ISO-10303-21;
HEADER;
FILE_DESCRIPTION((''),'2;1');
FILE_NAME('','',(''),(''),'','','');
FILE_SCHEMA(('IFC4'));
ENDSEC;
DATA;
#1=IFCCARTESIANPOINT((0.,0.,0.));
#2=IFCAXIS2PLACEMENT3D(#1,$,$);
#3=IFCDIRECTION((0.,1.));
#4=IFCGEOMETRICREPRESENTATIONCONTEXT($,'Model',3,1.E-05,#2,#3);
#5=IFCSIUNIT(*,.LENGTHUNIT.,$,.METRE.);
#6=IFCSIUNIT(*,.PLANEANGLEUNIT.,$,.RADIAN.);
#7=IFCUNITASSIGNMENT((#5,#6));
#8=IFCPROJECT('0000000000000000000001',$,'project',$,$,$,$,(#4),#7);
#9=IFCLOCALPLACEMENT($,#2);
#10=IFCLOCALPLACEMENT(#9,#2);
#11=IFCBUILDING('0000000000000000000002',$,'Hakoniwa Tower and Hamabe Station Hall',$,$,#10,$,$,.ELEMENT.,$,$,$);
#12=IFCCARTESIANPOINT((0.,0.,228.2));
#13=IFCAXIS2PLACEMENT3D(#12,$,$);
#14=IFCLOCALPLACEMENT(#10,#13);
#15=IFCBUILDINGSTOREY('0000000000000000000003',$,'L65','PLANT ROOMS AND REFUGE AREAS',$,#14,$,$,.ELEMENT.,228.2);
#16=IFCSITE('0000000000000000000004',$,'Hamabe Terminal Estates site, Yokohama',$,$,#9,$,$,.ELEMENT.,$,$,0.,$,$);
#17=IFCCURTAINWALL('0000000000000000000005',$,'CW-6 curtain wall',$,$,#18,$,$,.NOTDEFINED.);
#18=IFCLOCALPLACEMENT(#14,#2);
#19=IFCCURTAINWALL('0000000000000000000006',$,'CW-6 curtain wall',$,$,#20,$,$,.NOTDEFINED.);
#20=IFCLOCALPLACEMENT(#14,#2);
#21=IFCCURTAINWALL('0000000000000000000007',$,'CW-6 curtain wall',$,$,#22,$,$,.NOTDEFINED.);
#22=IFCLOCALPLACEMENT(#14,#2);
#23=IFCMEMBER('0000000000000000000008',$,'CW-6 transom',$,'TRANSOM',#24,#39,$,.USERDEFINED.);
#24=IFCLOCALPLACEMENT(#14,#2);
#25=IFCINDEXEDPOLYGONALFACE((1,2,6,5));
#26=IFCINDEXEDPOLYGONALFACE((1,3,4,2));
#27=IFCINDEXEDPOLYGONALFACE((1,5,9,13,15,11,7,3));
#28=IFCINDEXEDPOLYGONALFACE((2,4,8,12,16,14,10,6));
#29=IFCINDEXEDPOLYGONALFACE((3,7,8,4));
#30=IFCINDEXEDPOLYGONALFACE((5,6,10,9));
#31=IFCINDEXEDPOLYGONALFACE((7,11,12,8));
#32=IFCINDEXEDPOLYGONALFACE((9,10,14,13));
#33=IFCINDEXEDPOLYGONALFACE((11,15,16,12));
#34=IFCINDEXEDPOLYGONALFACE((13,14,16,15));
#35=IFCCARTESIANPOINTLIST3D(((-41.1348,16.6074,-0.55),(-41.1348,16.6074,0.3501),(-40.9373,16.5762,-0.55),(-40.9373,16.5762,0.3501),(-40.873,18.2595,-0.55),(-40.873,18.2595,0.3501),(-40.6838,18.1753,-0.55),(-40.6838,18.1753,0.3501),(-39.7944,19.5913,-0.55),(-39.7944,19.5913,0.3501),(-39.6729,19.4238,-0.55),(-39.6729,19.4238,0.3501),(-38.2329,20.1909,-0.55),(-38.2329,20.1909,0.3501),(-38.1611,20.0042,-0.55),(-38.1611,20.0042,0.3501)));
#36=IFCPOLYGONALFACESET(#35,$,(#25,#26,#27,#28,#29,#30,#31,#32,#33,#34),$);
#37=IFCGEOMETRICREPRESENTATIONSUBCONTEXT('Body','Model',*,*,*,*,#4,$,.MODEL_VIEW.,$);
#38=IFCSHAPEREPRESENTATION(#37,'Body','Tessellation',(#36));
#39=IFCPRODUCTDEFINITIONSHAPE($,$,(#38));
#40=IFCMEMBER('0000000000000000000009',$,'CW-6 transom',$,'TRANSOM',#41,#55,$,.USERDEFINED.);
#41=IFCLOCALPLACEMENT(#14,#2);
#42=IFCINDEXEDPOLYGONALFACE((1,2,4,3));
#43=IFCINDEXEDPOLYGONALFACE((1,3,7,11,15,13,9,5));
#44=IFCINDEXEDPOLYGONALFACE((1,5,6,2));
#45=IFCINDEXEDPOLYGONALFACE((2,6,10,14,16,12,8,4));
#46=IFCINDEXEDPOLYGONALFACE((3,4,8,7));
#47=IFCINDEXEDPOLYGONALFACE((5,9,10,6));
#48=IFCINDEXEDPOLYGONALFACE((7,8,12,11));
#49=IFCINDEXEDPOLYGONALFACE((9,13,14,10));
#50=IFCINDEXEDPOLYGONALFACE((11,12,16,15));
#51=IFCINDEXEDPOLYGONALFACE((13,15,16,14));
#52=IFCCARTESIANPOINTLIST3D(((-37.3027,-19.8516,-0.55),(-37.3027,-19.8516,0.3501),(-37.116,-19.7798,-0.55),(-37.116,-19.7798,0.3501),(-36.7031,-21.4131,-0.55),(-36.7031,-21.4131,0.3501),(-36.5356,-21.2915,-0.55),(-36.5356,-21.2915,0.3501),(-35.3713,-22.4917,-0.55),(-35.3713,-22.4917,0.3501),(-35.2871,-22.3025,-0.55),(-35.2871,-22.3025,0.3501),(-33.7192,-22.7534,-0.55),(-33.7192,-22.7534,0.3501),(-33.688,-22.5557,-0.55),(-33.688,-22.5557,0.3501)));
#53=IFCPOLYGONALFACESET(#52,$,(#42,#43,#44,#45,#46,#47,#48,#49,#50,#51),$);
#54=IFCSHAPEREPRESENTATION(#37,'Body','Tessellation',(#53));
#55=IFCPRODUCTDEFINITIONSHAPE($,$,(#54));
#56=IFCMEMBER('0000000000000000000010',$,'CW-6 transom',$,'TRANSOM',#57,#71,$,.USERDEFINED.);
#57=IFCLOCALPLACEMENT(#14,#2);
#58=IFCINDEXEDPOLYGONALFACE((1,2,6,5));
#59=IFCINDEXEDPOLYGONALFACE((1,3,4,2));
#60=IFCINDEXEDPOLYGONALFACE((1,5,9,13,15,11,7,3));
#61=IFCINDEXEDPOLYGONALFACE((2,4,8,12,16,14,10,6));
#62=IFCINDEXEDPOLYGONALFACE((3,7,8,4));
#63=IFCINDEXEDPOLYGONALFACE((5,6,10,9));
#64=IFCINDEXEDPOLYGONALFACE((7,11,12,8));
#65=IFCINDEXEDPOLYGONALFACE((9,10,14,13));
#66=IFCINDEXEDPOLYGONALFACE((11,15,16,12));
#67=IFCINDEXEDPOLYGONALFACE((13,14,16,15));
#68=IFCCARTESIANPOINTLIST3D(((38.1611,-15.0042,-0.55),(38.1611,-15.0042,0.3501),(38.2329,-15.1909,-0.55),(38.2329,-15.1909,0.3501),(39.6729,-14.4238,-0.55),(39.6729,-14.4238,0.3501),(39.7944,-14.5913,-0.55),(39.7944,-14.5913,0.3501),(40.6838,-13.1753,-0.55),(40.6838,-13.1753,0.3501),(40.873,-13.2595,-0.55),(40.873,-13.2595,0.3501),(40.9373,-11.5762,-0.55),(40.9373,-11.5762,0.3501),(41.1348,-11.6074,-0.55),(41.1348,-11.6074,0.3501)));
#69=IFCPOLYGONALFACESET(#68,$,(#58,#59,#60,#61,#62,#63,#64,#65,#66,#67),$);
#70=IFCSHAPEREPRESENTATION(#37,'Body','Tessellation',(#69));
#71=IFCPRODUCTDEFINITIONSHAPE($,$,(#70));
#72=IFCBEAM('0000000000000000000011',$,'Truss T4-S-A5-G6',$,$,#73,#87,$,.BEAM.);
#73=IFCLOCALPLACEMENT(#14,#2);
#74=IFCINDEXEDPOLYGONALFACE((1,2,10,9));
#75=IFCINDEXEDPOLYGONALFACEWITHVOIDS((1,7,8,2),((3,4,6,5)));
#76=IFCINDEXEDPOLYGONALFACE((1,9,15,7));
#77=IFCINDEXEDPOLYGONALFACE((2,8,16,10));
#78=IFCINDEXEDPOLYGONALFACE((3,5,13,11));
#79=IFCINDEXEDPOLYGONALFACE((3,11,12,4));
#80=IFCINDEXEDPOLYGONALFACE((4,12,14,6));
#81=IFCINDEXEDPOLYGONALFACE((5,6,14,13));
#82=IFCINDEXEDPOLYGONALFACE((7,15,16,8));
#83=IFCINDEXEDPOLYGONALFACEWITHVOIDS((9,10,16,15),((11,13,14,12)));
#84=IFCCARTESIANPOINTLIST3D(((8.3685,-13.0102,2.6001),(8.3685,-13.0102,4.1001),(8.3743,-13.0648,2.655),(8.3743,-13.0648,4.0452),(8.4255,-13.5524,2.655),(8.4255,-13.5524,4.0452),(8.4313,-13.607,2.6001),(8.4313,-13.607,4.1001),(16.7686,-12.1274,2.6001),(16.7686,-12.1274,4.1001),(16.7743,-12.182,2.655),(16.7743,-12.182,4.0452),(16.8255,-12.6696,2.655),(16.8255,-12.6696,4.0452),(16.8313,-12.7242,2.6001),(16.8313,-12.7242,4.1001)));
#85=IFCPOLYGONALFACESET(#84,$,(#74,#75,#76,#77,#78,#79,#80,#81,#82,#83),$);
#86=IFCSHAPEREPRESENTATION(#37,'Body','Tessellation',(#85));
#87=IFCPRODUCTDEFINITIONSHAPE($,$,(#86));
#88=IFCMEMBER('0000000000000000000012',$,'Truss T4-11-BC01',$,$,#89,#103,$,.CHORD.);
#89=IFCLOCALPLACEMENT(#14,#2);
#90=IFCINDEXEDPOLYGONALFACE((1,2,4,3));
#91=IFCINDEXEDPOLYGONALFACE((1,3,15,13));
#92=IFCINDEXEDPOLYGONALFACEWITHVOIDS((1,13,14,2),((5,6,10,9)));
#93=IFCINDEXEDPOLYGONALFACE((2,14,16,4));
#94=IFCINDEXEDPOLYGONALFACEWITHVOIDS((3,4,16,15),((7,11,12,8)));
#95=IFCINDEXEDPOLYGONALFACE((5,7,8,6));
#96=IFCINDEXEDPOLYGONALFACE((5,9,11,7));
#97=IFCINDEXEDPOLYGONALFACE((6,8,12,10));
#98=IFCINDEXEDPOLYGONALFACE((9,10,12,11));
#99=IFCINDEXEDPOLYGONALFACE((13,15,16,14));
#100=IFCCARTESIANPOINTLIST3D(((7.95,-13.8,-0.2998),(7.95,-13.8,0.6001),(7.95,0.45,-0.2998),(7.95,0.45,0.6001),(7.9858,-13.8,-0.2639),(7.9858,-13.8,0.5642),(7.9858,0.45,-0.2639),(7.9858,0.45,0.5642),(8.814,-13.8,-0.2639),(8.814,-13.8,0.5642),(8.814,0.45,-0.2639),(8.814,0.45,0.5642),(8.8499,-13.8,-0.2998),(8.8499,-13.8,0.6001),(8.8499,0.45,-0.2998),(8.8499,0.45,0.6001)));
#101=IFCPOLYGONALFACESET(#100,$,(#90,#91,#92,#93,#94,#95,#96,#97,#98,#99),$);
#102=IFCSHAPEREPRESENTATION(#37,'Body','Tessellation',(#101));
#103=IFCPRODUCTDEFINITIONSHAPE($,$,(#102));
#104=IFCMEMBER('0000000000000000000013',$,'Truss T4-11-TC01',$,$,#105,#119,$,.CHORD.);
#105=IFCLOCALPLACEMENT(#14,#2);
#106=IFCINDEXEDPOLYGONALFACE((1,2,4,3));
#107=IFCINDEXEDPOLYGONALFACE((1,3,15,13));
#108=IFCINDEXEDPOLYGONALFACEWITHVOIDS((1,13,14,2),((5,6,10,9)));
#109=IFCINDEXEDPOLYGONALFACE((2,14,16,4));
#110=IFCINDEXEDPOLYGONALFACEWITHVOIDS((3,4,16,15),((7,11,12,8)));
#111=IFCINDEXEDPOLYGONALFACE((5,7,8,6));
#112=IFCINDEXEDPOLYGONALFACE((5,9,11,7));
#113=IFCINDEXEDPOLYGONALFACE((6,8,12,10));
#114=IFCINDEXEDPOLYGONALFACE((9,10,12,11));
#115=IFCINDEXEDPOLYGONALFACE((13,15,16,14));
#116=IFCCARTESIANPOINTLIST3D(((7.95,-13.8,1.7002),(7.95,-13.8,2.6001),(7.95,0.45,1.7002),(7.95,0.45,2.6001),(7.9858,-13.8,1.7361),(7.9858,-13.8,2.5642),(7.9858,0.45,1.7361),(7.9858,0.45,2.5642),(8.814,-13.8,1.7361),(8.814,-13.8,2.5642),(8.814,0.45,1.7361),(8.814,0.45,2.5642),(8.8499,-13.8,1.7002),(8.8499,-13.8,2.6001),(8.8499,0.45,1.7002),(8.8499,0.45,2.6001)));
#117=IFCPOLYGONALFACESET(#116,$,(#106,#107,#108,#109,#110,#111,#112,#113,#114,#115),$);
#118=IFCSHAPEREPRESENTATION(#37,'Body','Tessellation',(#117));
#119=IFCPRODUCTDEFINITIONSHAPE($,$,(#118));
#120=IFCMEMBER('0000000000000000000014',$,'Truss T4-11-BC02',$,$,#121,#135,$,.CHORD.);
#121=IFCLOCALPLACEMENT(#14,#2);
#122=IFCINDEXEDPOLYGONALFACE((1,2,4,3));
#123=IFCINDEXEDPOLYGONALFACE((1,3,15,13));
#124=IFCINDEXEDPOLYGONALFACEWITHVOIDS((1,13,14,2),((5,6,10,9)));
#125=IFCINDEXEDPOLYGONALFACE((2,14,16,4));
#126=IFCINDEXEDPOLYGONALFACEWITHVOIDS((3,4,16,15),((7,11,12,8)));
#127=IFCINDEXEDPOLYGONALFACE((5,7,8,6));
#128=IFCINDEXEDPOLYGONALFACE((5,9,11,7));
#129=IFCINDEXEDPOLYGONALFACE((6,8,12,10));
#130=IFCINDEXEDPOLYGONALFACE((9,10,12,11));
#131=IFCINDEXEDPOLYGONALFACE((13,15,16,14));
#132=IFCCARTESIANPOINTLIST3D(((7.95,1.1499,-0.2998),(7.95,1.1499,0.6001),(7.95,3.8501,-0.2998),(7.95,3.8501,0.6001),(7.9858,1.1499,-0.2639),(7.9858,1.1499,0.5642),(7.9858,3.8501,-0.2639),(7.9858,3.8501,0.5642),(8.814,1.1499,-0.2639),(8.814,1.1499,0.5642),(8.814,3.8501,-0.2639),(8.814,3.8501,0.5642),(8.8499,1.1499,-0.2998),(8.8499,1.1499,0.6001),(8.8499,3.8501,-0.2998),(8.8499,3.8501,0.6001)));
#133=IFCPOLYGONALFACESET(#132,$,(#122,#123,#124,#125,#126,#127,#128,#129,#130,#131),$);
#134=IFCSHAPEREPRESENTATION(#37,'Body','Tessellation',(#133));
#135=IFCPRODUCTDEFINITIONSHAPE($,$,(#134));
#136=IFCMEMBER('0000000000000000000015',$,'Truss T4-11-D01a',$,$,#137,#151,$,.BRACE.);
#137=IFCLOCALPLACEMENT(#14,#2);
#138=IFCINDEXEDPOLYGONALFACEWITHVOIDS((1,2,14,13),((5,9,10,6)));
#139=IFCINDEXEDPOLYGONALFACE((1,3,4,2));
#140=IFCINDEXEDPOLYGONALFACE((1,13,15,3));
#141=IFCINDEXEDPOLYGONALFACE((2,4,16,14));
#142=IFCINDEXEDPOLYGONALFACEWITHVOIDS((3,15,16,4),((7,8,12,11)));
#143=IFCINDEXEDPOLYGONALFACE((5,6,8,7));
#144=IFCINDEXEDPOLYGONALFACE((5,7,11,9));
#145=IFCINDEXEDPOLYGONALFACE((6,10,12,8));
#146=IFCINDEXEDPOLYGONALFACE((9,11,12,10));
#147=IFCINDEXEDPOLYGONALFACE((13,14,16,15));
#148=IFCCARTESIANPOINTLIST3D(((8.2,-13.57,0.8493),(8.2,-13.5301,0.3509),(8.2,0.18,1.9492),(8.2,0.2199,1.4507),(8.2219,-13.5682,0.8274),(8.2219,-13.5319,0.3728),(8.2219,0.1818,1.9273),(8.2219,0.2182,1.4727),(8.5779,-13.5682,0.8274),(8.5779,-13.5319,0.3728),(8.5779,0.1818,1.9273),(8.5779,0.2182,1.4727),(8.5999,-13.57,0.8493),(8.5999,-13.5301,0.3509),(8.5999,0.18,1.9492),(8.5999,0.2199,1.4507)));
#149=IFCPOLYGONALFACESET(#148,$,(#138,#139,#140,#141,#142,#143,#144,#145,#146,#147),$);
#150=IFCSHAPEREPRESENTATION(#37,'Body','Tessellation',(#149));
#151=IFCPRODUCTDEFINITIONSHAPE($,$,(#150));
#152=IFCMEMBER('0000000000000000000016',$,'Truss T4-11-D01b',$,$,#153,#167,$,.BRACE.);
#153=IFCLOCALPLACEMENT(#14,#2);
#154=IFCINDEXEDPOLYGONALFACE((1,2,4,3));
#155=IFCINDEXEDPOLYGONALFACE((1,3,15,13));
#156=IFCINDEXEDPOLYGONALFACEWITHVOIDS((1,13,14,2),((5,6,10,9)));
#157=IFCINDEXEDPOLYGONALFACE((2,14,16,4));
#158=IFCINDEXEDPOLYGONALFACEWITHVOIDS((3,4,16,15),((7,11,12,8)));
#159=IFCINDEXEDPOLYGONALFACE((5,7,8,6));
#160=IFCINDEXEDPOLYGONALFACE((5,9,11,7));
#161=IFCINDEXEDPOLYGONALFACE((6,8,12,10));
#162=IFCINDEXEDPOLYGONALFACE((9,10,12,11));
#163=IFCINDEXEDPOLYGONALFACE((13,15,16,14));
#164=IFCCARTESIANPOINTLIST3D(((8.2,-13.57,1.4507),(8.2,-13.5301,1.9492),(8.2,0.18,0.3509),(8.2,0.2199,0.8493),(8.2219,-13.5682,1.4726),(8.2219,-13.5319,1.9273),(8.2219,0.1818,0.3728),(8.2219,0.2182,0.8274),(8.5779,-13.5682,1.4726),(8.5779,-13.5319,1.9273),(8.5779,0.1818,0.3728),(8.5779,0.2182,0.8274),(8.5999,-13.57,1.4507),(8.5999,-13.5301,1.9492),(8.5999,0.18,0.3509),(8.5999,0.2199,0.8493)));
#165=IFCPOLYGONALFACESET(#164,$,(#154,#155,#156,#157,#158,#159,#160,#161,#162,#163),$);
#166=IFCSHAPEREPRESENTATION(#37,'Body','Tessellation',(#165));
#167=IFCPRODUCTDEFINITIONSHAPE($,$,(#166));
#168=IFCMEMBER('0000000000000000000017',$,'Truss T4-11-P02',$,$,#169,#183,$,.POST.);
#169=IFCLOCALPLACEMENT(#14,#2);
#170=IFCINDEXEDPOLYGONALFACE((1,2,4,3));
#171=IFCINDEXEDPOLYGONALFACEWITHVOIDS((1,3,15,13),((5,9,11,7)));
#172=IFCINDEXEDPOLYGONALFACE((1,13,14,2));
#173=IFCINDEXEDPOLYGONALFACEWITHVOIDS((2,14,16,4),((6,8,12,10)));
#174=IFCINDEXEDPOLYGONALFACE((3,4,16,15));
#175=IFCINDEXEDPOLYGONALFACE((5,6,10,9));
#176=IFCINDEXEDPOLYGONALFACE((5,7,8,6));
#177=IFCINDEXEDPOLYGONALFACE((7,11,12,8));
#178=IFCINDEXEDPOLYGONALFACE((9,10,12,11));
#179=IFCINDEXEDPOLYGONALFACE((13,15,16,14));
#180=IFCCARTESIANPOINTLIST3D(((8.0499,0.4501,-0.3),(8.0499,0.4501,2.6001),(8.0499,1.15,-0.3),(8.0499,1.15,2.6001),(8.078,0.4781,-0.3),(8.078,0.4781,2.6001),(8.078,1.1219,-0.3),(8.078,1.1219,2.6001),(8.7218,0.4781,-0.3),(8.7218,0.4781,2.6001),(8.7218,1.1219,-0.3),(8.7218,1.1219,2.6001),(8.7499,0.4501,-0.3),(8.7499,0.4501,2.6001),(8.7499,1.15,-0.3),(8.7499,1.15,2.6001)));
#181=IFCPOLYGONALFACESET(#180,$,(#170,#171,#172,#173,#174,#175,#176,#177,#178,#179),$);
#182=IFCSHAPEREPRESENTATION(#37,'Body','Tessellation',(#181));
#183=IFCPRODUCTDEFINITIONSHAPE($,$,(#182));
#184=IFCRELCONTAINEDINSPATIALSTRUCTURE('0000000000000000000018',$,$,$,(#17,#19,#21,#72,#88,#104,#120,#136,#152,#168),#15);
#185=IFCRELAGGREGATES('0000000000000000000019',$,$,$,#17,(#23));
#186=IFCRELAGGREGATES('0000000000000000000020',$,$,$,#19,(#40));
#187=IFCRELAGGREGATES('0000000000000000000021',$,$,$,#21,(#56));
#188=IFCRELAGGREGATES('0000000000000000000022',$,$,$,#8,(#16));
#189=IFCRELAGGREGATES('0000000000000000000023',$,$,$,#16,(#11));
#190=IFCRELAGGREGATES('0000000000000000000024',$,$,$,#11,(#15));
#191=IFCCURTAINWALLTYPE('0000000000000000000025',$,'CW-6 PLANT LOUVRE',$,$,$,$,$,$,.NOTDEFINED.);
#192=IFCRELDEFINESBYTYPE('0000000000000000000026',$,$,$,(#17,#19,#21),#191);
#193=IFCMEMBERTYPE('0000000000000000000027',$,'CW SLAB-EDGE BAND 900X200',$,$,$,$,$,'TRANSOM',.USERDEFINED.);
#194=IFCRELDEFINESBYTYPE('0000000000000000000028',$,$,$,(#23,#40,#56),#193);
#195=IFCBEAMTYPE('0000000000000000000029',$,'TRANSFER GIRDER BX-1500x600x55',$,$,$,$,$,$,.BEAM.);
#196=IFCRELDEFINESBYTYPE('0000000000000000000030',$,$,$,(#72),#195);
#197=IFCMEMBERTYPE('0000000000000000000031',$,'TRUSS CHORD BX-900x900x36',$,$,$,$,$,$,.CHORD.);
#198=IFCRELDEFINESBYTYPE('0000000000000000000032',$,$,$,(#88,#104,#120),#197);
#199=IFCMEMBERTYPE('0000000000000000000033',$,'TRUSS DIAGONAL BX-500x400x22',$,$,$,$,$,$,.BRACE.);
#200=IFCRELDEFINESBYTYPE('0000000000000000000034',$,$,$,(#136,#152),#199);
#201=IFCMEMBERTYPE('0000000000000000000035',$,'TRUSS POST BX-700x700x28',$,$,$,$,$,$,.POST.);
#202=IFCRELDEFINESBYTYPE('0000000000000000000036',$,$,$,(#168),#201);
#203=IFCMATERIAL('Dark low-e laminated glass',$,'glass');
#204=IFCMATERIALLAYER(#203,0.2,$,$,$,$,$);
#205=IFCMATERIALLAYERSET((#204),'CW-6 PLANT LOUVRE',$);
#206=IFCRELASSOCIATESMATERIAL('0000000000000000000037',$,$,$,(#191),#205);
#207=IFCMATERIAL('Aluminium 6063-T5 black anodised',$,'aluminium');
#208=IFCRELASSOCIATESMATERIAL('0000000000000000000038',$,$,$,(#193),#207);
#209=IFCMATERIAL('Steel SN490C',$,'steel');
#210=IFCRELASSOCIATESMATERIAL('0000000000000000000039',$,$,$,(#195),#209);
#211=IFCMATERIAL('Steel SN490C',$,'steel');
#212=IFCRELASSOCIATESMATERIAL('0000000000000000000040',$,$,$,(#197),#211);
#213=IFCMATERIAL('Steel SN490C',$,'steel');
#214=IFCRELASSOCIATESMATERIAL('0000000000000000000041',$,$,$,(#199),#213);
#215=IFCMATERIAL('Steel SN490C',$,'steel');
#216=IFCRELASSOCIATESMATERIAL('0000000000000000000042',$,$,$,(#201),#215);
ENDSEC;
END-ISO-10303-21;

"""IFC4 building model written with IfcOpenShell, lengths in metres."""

from ifc_helpers import new_model, si_unit, direction, frame, origin, origin_2d, place, context, subcontext, project, spatial, polyline, rectangle, hollow_rectangle, outline, extrude, material, layer, layer_set, material_profile, profile_set, type_object, element, aggregate, save


model = new_model("IFC4")

# Units and contexts
model_context = context("Model", 3, precision=1e-05, world=origin(), true_north=direction((0.0, 1.0)))
body_context = subcontext(model_context, "Body", "Model", "MODEL_VIEW")
ifc_project = project(units=[si_unit("LENGTHUNIT", "METRE"), si_unit("PLANEANGLEUNIT", "RADIAN")], contexts=[model_context])

# Site, building, storey
site_placement = place(None, origin())
site = spatial("IfcSite", under=ifc_project, at=site_placement, Name="Hamabe Terminal Estates site, Yokohama", CompositionType="ELEMENT", RefElevation=0.0)
building_placement = place(site_placement, origin())
building = spatial("IfcBuilding", under=site, at=building_placement, Name="Hakoniwa Tower and Hamabe Station Hall", CompositionType="ELEMENT")
storey_placement = place(building_placement, frame((0.0, 0.0, 228.2)))
storey = spatial("IfcBuildingStorey", under=building, at=storey_placement, Name="L65", Description="PLANT ROOMS AND REFUGE AREAS", CompositionType="ELEMENT", Elevation=228.2)

# Curtain walls
ifc_material_1 = material(Name="Dark low-e laminated glass", Category="glass")
ifc_layer_1 = layer(ifc_material_1, 0.2)
ifc_layer_set_1 = layer_set([ifc_layer_1], Name="CW-6 PLANT LOUVRE")
curtain_wall_type = type_object("IfcCurtainWallType", Name="CW-6 PLANT LOUVRE", PredefinedType="NOTDEFINED", material=ifc_layer_set_1)
curtain_wall_1_placement = place(storey_placement, origin())
curtain_wall_1 = element("IfcCurtainWall", 1, at=curtain_wall_1_placement, inside=storey, type_object=curtain_wall_type, Name="CW-6 curtain wall", PredefinedType="NOTDEFINED")
curtain_wall_2_placement = place(storey_placement, origin())
curtain_wall_2 = element("IfcCurtainWall", 2, at=curtain_wall_2_placement, inside=storey, type_object=curtain_wall_type, Name="CW-6 curtain wall", PredefinedType="NOTDEFINED")
curtain_wall_3_placement = place(storey_placement, origin())
curtain_wall_3 = element("IfcCurtainWall", 3, at=curtain_wall_3_placement, inside=storey, type_object=curtain_wall_type, Name="CW-6 curtain wall", PredefinedType="NOTDEFINED")

# Members
ifc_material_2 = material(Name="Aluminium 6063-T5 black anodised", Category="aluminium")
ifc_material_profile_1 = material_profile(ifc_material_2, rectangle(XDim=0.2, YDim=0.8999, at=origin_2d()), Name="CW SLAB-EDGE BAND 900X200")
ifc_profile_set_1 = profile_set([ifc_material_profile_1], Name="Aluminium 6063-T5 black anodised")
member_type_1 = type_object("IfcMemberType", Name="CW SLAB-EDGE BAND 900X200", ElementType="TRANSOM", PredefinedType="USERDEFINED", material=ifc_profile_set_1)
member_1_placement = place(storey_placement, frame((0.0, 0.0, -0.55)))
member_1 = element("IfcMember", 4, at=member_1_placement, type_object=member_type_1, Name="CW-6 transom", ObjectType="TRANSOM", PredefinedType="USERDEFINED", context=body_context, shape_type="SweptSolid", body=[
    extrude(outline(polyline([(-38.2329, 20.1909), (-39.7944, 19.5913), (-40.873, 18.2595), (-41.1348, 16.6074), (-40.9373, 16.5762), (-40.6838, 18.1753), (-39.6729, 19.4238), (-38.1611, 20.0042), (-38.2329, 20.1909)])), origin(), (0.0, 0.0, 1.0), 0.9001),
])
member_2_placement = place(storey_placement, frame((0.0, 0.0, -0.55)))
member_2 = element("IfcMember", 5, at=member_2_placement, type_object=member_type_1, Name="CW-6 transom", ObjectType="TRANSOM", PredefinedType="USERDEFINED", context=body_context, shape_type="SweptSolid", body=[
    extrude(outline(polyline([(-37.3027, -19.8516), (-36.7031, -21.4131), (-35.3713, -22.4917), (-33.7192, -22.7534), (-33.688, -22.5557), (-35.2871, -22.3025), (-36.5356, -21.2915), (-37.116, -19.7798), (-37.3027, -19.8516)])), origin(), (0.0, 0.0, 1.0), 0.9001),
])
member_3_placement = place(storey_placement, frame((0.0, 0.0, -0.55)))
member_3 = element("IfcMember", 6, at=member_3_placement, type_object=member_type_1, Name="CW-6 transom", ObjectType="TRANSOM", PredefinedType="USERDEFINED", context=body_context, shape_type="SweptSolid", body=[
    extrude(outline(polyline([(38.2329, -15.1909), (39.7944, -14.5913), (40.873, -13.2595), (41.1348, -11.6074), (40.9373, -11.5762), (40.6838, -13.1753), (39.6729, -14.4238), (38.1611, -15.0042), (38.2329, -15.1909)])), origin(), (0.0, 0.0, 1.0), 0.9001),
])

# Beam
ifc_material_3 = material(Name="Steel SN490C", Category="steel")
ifc_material_profile_2 = material_profile(ifc_material_3, hollow_rectangle(XDim=0.6001, YDim=1.5, WallThickness=0.0549, at=origin_2d()), Name="BX-1500x600x55")
ifc_profile_set_2 = profile_set([ifc_material_profile_2], Name="Steel SN490C")
beam_type = type_object("IfcBeamType", Name="TRANSFER GIRDER BX-1500x600x55", PredefinedType="BEAM", material=ifc_profile_set_2)
beam_placement = place(storey_placement, frame((8.3999, -13.3086, 3.3501), z_axis=(0.994523, 0.104519, 0.0), x_axis=(-0.104519, 0.994523, 0.0)))
element("IfcBeam", 7, at=beam_placement, inside=storey, type_object=beam_type, Name="Truss T4-S-A5-G6", PredefinedType="BEAM", context=body_context, shape_type="SweptSolid", body=[
    extrude(hollow_rectangle(XDim=0.6001, YDim=1.5, WallThickness=0.0549, at=origin_2d()), origin(), (0.0, 0.0, 1.0), 8.4463),
])

# Members
ifc_material_4 = material(Name="Steel SN490C", Category="steel")
ifc_material_profile_3 = material_profile(ifc_material_4, hollow_rectangle(XDim=0.8999, YDim=0.8999, WallThickness=0.0359, at=origin_2d()), Name="BX-900x900x36")
ifc_profile_set_3 = profile_set([ifc_material_profile_3], Name="Steel SN490C")
member_type_2 = type_object("IfcMemberType", Name="TRUSS CHORD BX-900x900x36", PredefinedType="CHORD", material=ifc_profile_set_3)
for number, where, z_axis, x_axis, name in (
    (8, (8.3999, -13.8, 0.1501), (0.0, 1.0, 0.0), (-1.0, 0.0, 0.0), "Truss T4-11-BC01"),
    (9, (8.3999, -13.8, 2.1501), (0.0, 1.0, 0.0), (-1.0, 0.0, 0.0), "Truss T4-11-TC01"),
):
    element("IfcMember", number, at=place(storey_placement, frame(where, z_axis=z_axis, x_axis=x_axis)), inside=storey, type_object=member_type_2, Name=name, PredefinedType="CHORD", context=body_context, shape_type="SweptSolid", body=[
        extrude(hollow_rectangle(XDim=0.8999, YDim=0.8999, WallThickness=0.0359, at=origin_2d()), origin(), (0.0, 0.0, 1.0), 14.25),
    ])
member_4_placement = place(storey_placement, frame((8.3999, 1.1499, 0.1501), z_axis=(0.0, 1.0, 0.0), x_axis=(-1.0, 0.0, 0.0)))
element("IfcMember", 10, at=member_4_placement, inside=storey, type_object=member_type_2, Name="Truss T4-11-BC02", PredefinedType="CHORD", context=body_context, shape_type="SweptSolid", body=[
    extrude(hollow_rectangle(XDim=0.8999, YDim=0.8999, WallThickness=0.0359, at=origin_2d()), origin(), (0.0, 0.0, 1.0), 2.7002),
])
ifc_material_5 = material(Name="Steel SN490C", Category="steel")
ifc_material_profile_4 = material_profile(ifc_material_5, hollow_rectangle(XDim=0.3999, YDim=0.5, WallThickness=0.022, at=origin_2d()), Name="BX-500x400x22")
ifc_profile_set_4 = profile_set([ifc_material_profile_4], Name="Steel SN490C")
member_type_3 = type_object("IfcMemberType", Name="TRUSS DIAGONAL BX-500x400x22", PredefinedType="BRACE", material=ifc_profile_set_4)
for number, where, z_axis, x_axis, name in (
    (11, (8.3999, -13.55, 0.6001), (0.0, 0.996816, 0.079735), (-1.0, 0.0, 0.0), "Truss T4-11-D01a"),
    (12, (8.3999, -13.55, 1.7), (0.0, 0.996816, -0.079735), (-1.0, 0.0, 0.0), "Truss T4-11-D01b"),
):
    element("IfcMember", number, at=place(storey_placement, frame(where, z_axis=z_axis, x_axis=x_axis)), inside=storey, type_object=member_type_3, Name=name, PredefinedType="BRACE", context=body_context, shape_type="SweptSolid", body=[
        extrude(hollow_rectangle(XDim=0.3999, YDim=0.5, WallThickness=0.022, at=origin_2d()), origin(), (0.0, 0.0, 1.0), 13.7939),
    ])
ifc_material_6 = material(Name="Steel SN490C", Category="steel")
ifc_material_profile_5 = material_profile(ifc_material_6, hollow_rectangle(XDim=0.7, YDim=0.7, WallThickness=0.0281, at=origin_2d()), Name="BX-700x700x28")
ifc_profile_set_5 = profile_set([ifc_material_profile_5], Name="Steel SN490C")
member_type_4 = type_object("IfcMemberType", Name="TRUSS POST BX-700x700x28", PredefinedType="POST", material=ifc_profile_set_5)
member_5_placement = place(storey_placement, frame((8.3999, 0.8, -0.3), z_axis=(0.0, 0.0, 1.0), x_axis=(1.0, 0.0, 0.0)))
element("IfcMember", 13, at=member_5_placement, inside=storey, type_object=member_type_4, Name="Truss T4-11-P02", PredefinedType="POST", context=body_context, shape_type="SweptSolid", body=[
    extrude(hollow_rectangle(XDim=0.7, YDim=0.7, WallThickness=0.0281, at=origin_2d()), origin(), (0.0, 0.0, 1.0), 2.9001),
])

aggregate(curtain_wall_1, [member_1])
aggregate(curtain_wall_2, [member_2])
aggregate(curtain_wall_3, [member_3])

save(model, "model.ifc")
